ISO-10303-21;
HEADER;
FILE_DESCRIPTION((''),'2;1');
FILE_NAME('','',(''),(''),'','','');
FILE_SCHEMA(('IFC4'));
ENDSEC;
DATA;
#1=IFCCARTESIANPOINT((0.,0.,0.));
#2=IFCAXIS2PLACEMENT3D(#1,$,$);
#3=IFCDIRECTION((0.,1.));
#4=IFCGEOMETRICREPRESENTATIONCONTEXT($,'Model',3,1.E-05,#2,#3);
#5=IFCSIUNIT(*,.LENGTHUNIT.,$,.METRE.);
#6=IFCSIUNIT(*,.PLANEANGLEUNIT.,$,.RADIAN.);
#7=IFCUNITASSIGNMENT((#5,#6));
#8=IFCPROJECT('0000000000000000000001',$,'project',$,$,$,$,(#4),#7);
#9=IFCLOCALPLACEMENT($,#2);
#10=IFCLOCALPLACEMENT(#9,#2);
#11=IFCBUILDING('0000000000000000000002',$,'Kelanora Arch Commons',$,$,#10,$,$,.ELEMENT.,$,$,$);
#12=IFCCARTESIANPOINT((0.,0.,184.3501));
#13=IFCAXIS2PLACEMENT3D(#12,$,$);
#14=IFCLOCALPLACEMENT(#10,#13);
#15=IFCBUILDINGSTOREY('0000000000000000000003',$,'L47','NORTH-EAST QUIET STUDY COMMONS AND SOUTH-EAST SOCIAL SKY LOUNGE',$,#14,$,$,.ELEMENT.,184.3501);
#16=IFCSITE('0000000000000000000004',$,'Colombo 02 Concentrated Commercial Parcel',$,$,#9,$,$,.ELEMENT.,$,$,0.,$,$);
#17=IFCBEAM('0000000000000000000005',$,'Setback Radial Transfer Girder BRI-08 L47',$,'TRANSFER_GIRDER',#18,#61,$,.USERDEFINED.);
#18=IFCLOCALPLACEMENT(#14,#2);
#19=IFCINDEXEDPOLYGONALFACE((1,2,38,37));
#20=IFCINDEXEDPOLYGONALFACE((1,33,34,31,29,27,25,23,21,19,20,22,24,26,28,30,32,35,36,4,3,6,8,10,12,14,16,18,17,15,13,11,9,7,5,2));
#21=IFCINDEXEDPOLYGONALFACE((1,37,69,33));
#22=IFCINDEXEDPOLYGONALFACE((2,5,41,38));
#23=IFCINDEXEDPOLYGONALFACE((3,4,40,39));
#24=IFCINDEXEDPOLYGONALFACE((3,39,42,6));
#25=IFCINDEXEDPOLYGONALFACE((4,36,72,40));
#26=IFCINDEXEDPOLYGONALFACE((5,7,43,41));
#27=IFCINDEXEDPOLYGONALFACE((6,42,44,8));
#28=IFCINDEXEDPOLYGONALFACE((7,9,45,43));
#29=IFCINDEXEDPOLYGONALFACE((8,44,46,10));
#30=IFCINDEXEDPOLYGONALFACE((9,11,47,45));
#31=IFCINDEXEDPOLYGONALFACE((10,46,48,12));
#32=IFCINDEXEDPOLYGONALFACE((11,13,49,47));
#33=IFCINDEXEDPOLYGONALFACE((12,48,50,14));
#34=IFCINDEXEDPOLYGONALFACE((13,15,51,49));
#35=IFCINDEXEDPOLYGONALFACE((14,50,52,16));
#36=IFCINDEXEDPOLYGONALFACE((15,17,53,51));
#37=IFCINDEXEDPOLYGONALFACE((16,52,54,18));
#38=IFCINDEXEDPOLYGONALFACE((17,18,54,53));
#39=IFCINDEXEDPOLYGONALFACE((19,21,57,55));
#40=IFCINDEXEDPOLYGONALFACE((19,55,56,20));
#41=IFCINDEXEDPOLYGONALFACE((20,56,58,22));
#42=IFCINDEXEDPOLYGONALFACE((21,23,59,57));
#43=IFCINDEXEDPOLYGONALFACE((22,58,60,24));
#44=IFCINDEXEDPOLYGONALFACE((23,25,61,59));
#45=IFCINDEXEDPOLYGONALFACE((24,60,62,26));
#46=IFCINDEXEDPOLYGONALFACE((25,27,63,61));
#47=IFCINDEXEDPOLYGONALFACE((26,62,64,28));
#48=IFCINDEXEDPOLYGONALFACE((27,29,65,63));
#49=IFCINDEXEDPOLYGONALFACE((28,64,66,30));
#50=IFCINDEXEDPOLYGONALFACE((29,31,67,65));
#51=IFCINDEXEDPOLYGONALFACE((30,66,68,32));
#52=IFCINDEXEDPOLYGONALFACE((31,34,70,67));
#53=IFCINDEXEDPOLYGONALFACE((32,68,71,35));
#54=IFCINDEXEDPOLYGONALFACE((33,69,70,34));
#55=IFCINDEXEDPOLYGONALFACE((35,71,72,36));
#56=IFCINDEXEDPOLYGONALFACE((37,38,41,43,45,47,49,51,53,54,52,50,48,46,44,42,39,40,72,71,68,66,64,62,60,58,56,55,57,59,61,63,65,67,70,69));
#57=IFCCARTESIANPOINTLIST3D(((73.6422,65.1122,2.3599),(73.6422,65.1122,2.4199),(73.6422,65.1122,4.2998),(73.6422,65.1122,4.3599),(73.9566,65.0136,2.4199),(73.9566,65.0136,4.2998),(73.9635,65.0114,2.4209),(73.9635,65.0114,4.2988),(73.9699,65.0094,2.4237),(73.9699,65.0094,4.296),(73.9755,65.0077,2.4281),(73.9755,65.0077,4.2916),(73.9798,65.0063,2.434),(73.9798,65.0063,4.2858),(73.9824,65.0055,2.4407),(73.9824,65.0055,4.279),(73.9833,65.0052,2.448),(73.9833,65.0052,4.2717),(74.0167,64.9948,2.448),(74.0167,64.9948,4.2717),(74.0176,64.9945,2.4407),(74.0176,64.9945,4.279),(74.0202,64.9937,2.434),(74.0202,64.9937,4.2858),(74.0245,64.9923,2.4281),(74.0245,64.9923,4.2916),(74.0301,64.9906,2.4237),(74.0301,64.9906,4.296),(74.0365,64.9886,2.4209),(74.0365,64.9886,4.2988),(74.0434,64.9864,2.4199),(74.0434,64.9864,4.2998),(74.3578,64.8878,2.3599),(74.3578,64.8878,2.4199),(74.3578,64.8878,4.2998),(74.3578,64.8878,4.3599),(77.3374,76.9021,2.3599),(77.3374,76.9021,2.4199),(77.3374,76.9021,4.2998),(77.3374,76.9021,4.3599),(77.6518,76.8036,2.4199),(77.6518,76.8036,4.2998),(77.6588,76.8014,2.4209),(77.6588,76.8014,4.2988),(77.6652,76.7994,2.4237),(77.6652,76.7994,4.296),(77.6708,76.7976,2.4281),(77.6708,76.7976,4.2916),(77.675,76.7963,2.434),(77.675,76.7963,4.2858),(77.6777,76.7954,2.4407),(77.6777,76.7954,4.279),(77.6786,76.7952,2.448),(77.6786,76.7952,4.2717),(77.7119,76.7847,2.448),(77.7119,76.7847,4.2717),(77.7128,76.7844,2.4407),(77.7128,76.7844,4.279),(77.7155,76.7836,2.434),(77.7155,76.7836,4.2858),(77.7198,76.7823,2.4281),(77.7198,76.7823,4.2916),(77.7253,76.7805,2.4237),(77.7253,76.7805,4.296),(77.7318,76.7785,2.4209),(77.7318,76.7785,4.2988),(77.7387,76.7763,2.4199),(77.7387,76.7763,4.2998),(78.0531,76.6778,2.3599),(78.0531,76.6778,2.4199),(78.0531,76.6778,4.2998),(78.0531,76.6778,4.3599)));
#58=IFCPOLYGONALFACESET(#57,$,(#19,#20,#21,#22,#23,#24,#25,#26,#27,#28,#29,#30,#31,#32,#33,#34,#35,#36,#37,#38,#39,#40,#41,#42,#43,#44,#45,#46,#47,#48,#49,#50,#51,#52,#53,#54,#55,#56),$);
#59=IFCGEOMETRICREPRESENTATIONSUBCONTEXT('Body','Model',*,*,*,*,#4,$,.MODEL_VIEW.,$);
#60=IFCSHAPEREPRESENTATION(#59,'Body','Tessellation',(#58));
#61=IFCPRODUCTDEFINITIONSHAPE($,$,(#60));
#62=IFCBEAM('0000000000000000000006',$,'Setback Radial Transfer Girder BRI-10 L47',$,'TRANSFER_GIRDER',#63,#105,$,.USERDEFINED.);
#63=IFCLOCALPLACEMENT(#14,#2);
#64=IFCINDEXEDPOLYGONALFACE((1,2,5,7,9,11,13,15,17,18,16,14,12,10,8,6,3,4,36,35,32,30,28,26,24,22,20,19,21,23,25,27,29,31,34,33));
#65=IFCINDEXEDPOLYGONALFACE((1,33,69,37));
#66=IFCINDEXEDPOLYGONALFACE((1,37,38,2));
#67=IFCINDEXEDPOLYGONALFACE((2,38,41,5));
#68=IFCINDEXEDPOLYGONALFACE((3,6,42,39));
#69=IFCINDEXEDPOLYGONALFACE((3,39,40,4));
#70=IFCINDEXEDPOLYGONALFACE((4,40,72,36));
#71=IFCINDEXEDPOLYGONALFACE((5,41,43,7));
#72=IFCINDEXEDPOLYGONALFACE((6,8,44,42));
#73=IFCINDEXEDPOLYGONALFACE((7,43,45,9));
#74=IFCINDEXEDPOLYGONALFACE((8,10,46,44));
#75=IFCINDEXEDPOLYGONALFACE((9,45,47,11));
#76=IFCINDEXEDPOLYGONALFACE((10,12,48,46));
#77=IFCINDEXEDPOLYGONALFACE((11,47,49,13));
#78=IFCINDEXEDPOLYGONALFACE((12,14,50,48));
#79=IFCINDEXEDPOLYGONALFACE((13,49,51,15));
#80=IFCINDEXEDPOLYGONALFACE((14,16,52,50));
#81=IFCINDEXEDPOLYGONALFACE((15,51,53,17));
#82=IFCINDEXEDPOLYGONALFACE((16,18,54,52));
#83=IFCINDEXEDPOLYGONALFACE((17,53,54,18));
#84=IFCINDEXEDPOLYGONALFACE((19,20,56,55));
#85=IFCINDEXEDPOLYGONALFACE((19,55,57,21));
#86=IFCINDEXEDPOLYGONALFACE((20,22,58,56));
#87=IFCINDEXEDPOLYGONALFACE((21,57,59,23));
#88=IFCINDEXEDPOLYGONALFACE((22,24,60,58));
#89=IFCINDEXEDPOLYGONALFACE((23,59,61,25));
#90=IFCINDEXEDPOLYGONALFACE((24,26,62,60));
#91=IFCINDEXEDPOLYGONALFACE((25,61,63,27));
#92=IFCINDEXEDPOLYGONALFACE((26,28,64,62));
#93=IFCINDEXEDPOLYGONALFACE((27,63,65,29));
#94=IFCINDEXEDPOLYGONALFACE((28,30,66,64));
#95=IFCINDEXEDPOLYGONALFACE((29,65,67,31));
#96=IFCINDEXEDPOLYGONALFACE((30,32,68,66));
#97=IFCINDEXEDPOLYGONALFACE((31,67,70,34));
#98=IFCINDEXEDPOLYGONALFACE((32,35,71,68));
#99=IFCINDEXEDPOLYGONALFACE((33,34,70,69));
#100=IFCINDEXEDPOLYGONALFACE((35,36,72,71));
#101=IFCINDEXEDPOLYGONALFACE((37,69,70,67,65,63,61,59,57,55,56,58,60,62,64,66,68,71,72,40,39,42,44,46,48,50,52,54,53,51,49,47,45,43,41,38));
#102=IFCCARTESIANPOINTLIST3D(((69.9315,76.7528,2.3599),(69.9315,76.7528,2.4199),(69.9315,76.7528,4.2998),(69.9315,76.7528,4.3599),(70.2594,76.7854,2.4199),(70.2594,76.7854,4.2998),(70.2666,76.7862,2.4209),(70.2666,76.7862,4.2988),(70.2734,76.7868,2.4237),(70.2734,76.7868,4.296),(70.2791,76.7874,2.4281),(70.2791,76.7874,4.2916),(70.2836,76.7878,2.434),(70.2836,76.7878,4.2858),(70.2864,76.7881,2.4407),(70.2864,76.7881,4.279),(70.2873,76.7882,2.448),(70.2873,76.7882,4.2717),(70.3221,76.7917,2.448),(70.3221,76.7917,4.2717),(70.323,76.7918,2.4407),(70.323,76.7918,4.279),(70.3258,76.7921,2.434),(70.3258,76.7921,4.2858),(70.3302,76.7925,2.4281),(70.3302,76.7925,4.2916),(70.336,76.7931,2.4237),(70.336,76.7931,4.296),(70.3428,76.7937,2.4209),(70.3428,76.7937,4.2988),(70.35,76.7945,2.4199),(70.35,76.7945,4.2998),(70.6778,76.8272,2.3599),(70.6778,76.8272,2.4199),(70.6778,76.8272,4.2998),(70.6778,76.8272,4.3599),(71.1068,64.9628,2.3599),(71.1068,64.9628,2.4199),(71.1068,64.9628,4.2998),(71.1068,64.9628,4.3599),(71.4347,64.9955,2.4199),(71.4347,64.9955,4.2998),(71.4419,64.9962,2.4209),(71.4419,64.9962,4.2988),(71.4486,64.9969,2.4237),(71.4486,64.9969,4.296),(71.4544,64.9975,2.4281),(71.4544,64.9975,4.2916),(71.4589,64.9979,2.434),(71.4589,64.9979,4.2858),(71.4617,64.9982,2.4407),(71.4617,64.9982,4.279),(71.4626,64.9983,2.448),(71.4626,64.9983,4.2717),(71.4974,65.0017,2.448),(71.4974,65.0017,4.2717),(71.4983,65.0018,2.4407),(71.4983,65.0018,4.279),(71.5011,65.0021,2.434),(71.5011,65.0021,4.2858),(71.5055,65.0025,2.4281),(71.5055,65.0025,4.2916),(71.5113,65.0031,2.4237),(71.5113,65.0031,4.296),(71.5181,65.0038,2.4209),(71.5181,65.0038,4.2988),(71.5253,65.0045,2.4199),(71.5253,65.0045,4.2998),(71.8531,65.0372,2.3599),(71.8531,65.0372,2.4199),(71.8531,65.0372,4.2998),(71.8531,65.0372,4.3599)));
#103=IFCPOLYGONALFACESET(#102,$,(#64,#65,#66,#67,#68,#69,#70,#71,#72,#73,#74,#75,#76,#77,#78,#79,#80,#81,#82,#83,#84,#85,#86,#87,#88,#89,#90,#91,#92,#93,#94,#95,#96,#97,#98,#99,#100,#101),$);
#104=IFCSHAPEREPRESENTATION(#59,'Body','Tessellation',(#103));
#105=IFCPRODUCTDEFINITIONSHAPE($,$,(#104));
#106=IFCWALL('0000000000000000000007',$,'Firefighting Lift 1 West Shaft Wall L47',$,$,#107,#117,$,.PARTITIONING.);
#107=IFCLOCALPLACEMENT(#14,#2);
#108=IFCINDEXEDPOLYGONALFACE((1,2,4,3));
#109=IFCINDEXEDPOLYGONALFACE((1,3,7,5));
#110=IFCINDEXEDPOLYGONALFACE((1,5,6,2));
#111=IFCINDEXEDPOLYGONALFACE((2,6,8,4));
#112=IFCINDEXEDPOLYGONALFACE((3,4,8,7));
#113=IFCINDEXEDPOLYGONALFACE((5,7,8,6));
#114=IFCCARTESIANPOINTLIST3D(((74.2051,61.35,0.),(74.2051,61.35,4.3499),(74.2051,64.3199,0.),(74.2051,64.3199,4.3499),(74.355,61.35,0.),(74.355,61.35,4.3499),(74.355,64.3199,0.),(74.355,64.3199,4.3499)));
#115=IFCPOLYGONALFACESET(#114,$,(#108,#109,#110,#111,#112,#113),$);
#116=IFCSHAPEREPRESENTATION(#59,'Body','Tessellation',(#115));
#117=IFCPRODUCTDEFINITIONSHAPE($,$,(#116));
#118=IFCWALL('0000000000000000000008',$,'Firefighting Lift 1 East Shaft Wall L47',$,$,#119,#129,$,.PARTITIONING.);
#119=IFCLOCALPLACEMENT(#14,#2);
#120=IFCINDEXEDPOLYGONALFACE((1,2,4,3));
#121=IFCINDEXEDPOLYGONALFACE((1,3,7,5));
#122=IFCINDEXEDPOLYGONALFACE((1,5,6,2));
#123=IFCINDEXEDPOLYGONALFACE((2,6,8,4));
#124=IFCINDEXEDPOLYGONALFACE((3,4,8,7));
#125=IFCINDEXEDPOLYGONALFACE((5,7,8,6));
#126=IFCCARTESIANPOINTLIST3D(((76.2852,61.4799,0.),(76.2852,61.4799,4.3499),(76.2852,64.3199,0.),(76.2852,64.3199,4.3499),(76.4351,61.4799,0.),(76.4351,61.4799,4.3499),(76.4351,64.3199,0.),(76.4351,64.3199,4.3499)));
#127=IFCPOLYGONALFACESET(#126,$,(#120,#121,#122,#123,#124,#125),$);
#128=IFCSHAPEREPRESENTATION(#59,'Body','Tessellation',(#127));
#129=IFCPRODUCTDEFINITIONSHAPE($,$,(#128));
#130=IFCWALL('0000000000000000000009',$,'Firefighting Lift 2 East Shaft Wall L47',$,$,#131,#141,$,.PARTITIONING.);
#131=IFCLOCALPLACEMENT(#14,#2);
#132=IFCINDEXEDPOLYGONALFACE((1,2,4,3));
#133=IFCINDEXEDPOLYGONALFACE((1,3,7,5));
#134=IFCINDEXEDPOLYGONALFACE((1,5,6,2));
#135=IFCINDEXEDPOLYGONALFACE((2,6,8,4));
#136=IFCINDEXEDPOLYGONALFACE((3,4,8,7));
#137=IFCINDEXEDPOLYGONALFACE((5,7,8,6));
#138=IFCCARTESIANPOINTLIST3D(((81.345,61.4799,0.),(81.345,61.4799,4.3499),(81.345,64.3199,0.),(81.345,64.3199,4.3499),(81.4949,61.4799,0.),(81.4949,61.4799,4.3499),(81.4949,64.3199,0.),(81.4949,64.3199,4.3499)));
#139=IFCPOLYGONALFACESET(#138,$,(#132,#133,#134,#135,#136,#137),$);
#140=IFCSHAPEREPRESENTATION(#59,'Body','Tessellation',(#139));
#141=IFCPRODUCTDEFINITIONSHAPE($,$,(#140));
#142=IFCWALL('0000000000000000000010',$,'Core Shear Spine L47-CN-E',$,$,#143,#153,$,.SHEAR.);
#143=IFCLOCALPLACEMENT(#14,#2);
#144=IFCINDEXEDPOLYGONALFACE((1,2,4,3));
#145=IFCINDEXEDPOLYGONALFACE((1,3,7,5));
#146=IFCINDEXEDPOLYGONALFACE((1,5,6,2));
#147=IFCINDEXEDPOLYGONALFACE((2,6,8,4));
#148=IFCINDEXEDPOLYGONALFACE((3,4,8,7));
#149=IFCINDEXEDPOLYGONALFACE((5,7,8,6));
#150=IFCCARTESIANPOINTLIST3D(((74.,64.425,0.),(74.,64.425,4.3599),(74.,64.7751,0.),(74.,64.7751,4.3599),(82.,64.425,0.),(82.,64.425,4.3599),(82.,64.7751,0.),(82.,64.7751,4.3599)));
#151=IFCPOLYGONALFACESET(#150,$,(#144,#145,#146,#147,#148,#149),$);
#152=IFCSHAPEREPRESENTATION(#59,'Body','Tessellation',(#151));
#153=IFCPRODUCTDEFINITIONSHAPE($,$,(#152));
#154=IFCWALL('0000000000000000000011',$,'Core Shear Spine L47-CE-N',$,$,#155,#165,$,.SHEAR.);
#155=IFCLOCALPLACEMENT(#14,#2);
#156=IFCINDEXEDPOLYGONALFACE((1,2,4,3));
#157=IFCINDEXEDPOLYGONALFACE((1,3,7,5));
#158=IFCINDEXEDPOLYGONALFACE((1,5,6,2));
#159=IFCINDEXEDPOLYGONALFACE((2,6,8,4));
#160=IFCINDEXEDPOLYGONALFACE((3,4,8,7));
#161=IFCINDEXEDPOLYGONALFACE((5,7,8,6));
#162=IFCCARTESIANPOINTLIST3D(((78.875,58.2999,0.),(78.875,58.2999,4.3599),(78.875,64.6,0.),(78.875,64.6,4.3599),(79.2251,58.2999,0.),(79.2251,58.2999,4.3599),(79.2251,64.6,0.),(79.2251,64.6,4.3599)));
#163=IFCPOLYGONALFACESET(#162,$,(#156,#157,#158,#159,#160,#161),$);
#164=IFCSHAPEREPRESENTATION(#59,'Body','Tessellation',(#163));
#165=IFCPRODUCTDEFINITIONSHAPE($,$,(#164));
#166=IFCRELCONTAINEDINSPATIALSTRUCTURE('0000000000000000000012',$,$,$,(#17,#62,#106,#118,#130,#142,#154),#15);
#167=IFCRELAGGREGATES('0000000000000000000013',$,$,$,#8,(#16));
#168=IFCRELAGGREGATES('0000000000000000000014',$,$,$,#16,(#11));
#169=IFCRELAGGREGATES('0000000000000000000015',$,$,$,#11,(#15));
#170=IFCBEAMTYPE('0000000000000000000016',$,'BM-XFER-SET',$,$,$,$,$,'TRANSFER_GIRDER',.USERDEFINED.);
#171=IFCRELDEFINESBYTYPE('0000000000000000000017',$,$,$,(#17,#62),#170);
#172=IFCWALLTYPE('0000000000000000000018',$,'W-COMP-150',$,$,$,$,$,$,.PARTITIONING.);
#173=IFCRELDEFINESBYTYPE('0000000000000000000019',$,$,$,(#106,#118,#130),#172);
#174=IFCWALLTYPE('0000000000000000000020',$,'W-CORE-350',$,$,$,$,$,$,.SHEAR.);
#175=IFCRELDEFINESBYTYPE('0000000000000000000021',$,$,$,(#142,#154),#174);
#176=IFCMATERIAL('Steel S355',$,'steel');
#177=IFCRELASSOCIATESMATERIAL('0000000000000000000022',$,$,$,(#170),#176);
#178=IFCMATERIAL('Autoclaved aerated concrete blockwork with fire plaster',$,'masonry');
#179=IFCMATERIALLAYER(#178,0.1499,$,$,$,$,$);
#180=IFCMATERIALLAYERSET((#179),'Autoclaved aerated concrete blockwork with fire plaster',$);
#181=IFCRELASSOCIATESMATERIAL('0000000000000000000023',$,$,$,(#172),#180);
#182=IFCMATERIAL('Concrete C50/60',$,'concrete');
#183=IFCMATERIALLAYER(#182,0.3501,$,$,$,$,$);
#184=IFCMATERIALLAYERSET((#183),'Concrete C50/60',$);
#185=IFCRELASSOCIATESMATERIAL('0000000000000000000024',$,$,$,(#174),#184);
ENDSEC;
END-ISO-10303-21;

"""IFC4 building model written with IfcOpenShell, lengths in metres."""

from ifc_helpers import new_model, si_unit, direction, frame, frame_2d, origin, origin_2d, place, context, subcontext, project, spatial, rectangle, i_section, extrude, material, layer, layer_set, material_profile, profile_set, type_object, element, save


model = new_model("IFC4")

# Units and contexts
model_context = context("Model", 3, precision=1e-05, world=origin(), true_north=direction((0.0, 1.0)))
body_context = subcontext(model_context, "Body", "Model", "MODEL_VIEW")
ifc_project = project(units=[si_unit("LENGTHUNIT", "METRE"), si_unit("PLANEANGLEUNIT", "RADIAN")], contexts=[model_context])

# Site, building, storey
site_placement = place(None, origin())
site = spatial("IfcSite", under=ifc_project, at=site_placement, Name="Colombo 02 Concentrated Commercial Parcel", CompositionType="ELEMENT", RefElevation=0.0)
building_placement = place(site_placement, origin())
building = spatial("IfcBuilding", under=site, at=building_placement, Name="Kelanora Arch Commons", CompositionType="ELEMENT")
storey_placement = place(building_placement, frame((0.0, 0.0, 184.3501)))
storey = spatial("IfcBuildingStorey", under=building, at=storey_placement, Name="L47", Description="NORTH-EAST QUIET STUDY COMMONS AND SOUTH-EAST SOCIAL SKY LOUNGE", CompositionType="ELEMENT", Elevation=184.3501)

# Beams
ifc_material_1 = material(Name="Steel S355", Category="steel")
ifc_material_profile_1 = material_profile(ifc_material_1, i_section(OverallWidth=0.75, OverallDepth=2.0, WebThickness=0.0349, FlangeThickness=0.0601, FilletRadius=0.0281, at=origin_2d()), Name="PG2000x750")
ifc_profile_set_1 = profile_set([ifc_material_profile_1], Name="Steel S355")
beam_type_1 = type_object("IfcBeamType", Name="BM-XFER-SET", ElementType="TRANSFER_GIRDER", PredefinedType="USERDEFINED", material=ifc_profile_set_1)
beam_1_placement = place(storey_placement, frame((74.0, 65.0, 3.3599), z_axis=(0.29908, 0.954228, 0.0), x_axis=(-0.954228, 0.29908, 0.0)))
element("IfcBeam", 1, at=beam_1_placement, inside=storey, type_object=beam_type_1, Name="Setback Radial Transfer Girder BRI-08 L47", ObjectType="TRANSFER_GIRDER", PredefinedType="USERDEFINED", context=body_context, shape_type="SweptSolid", body=[
    extrude(i_section(OverallWidth=0.75, OverallDepth=2.0, WebThickness=0.0349, FlangeThickness=0.0601, FilletRadius=0.0281, at=origin_2d()), origin(), (0.0, 0.0, 1.0), 12.3555),
])
beam_2_placement = place(storey_placement, frame((71.48, 65.0, 3.3599), z_axis=(-0.099194, 0.995068, 0.0), x_axis=(-0.995068, -0.099194, 0.0)))
element("IfcBeam", 2, at=beam_2_placement, inside=storey, type_object=beam_type_1, Name="Setback Radial Transfer Girder BRI-10 L47", ObjectType="TRANSFER_GIRDER", PredefinedType="USERDEFINED", context=body_context, shape_type="SweptSolid", body=[
    extrude(i_section(OverallWidth=0.75, OverallDepth=2.0, WebThickness=0.0349, FlangeThickness=0.0601, FilletRadius=0.0281, at=origin_2d()), origin(), (0.0, 0.0, 1.0), 11.8484),
])

# Walls
ifc_material_2 = material(Name="Autoclaved aerated concrete blockwork with fire plaster", Category="masonry")
ifc_layer_1 = layer(ifc_material_2, 0.1499)
ifc_layer_set_1 = layer_set([ifc_layer_1], Name="Autoclaved aerated concrete blockwork with fire plaster")
wall_type_1 = type_object("IfcWallType", Name="W-COMP-150", PredefinedType="PARTITIONING", material=ifc_layer_set_1)
wall_1_placement = place(storey_placement, frame((74.28, 61.3501, 0.0), z_axis=(0.0, 0.0, 1.0), x_axis=(0.0, 1.0, 0.0)))
element("IfcWall", 3, at=wall_1_placement, inside=storey, type_object=wall_type_1, Name="Firefighting Lift 1 West Shaft Wall L47", PredefinedType="PARTITIONING", context=body_context, shape_type="SweptSolid", body=[
    extrude(rectangle(XDim=2.97, YDim=0.1499, at=frame_2d((1.4849, 0.0))), origin(), (0.0, 0.0, 1.0), 4.3499),
])
for number, where, z_axis, x_axis, name in (
    (4, (76.3601, 61.48, 0.0), (0.0, 0.0, 1.0), (0.0, 1.0, 0.0), "Firefighting Lift 1 East Shaft Wall L47"),
    (5, (81.4199, 61.48, 0.0), (0.0, 0.0, 1.0), (0.0, 1.0, 0.0), "Firefighting Lift 2 East Shaft Wall L47"),
):
    element("IfcWall", number, at=place(storey_placement, frame(where, z_axis=z_axis, x_axis=x_axis)), inside=storey, type_object=wall_type_1, Name=name, PredefinedType="PARTITIONING", context=body_context, shape_type="SweptSolid", body=[
        extrude(rectangle(XDim=2.8401, YDim=0.1499, at=frame_2d((1.4199, 0.0))), origin(), (0.0, 0.0, 1.0), 4.3499),
    ])
ifc_material_3 = material(Name="Concrete C50/60", Category="concrete")
ifc_layer_2 = layer(ifc_material_3, 0.3501)
ifc_layer_set_2 = layer_set([ifc_layer_2], Name="Concrete C50/60")
wall_type_2 = type_object("IfcWallType", Name="W-CORE-350", PredefinedType="SHEAR", material=ifc_layer_set_2)
wall_2_placement = place(storey_placement, frame((74.0, 64.6001, 0.0), z_axis=(0.0, 0.0, 1.0), x_axis=(1.0, 0.0, 0.0)))
element("IfcWall", 6, at=wall_2_placement, inside=storey, type_object=wall_type_2, Name="Core Shear Spine L47-CN-E", PredefinedType="SHEAR", context=body_context, shape_type="SweptSolid", body=[
    extrude(rectangle(XDim=8.0, YDim=0.3501, at=frame_2d((4.0, 0.0))), origin(), (0.0, 0.0, 1.0), 4.3599),
])
wall_3_placement = place(storey_placement, frame((79.05, 58.3, 0.0), z_axis=(0.0, 0.0, 1.0), x_axis=(0.0, 1.0, 0.0)))
element("IfcWall", 7, at=wall_3_placement, inside=storey, type_object=wall_type_2, Name="Core Shear Spine L47-CE-N", PredefinedType="SHEAR", context=body_context, shape_type="SweptSolid", body=[
    extrude(rectangle(XDim=6.3, YDim=0.3501, at=frame_2d((3.1499, 0.0))), origin(), (0.0, 0.0, 1.0), 4.3599),
])

save(model, "model.ifc")
